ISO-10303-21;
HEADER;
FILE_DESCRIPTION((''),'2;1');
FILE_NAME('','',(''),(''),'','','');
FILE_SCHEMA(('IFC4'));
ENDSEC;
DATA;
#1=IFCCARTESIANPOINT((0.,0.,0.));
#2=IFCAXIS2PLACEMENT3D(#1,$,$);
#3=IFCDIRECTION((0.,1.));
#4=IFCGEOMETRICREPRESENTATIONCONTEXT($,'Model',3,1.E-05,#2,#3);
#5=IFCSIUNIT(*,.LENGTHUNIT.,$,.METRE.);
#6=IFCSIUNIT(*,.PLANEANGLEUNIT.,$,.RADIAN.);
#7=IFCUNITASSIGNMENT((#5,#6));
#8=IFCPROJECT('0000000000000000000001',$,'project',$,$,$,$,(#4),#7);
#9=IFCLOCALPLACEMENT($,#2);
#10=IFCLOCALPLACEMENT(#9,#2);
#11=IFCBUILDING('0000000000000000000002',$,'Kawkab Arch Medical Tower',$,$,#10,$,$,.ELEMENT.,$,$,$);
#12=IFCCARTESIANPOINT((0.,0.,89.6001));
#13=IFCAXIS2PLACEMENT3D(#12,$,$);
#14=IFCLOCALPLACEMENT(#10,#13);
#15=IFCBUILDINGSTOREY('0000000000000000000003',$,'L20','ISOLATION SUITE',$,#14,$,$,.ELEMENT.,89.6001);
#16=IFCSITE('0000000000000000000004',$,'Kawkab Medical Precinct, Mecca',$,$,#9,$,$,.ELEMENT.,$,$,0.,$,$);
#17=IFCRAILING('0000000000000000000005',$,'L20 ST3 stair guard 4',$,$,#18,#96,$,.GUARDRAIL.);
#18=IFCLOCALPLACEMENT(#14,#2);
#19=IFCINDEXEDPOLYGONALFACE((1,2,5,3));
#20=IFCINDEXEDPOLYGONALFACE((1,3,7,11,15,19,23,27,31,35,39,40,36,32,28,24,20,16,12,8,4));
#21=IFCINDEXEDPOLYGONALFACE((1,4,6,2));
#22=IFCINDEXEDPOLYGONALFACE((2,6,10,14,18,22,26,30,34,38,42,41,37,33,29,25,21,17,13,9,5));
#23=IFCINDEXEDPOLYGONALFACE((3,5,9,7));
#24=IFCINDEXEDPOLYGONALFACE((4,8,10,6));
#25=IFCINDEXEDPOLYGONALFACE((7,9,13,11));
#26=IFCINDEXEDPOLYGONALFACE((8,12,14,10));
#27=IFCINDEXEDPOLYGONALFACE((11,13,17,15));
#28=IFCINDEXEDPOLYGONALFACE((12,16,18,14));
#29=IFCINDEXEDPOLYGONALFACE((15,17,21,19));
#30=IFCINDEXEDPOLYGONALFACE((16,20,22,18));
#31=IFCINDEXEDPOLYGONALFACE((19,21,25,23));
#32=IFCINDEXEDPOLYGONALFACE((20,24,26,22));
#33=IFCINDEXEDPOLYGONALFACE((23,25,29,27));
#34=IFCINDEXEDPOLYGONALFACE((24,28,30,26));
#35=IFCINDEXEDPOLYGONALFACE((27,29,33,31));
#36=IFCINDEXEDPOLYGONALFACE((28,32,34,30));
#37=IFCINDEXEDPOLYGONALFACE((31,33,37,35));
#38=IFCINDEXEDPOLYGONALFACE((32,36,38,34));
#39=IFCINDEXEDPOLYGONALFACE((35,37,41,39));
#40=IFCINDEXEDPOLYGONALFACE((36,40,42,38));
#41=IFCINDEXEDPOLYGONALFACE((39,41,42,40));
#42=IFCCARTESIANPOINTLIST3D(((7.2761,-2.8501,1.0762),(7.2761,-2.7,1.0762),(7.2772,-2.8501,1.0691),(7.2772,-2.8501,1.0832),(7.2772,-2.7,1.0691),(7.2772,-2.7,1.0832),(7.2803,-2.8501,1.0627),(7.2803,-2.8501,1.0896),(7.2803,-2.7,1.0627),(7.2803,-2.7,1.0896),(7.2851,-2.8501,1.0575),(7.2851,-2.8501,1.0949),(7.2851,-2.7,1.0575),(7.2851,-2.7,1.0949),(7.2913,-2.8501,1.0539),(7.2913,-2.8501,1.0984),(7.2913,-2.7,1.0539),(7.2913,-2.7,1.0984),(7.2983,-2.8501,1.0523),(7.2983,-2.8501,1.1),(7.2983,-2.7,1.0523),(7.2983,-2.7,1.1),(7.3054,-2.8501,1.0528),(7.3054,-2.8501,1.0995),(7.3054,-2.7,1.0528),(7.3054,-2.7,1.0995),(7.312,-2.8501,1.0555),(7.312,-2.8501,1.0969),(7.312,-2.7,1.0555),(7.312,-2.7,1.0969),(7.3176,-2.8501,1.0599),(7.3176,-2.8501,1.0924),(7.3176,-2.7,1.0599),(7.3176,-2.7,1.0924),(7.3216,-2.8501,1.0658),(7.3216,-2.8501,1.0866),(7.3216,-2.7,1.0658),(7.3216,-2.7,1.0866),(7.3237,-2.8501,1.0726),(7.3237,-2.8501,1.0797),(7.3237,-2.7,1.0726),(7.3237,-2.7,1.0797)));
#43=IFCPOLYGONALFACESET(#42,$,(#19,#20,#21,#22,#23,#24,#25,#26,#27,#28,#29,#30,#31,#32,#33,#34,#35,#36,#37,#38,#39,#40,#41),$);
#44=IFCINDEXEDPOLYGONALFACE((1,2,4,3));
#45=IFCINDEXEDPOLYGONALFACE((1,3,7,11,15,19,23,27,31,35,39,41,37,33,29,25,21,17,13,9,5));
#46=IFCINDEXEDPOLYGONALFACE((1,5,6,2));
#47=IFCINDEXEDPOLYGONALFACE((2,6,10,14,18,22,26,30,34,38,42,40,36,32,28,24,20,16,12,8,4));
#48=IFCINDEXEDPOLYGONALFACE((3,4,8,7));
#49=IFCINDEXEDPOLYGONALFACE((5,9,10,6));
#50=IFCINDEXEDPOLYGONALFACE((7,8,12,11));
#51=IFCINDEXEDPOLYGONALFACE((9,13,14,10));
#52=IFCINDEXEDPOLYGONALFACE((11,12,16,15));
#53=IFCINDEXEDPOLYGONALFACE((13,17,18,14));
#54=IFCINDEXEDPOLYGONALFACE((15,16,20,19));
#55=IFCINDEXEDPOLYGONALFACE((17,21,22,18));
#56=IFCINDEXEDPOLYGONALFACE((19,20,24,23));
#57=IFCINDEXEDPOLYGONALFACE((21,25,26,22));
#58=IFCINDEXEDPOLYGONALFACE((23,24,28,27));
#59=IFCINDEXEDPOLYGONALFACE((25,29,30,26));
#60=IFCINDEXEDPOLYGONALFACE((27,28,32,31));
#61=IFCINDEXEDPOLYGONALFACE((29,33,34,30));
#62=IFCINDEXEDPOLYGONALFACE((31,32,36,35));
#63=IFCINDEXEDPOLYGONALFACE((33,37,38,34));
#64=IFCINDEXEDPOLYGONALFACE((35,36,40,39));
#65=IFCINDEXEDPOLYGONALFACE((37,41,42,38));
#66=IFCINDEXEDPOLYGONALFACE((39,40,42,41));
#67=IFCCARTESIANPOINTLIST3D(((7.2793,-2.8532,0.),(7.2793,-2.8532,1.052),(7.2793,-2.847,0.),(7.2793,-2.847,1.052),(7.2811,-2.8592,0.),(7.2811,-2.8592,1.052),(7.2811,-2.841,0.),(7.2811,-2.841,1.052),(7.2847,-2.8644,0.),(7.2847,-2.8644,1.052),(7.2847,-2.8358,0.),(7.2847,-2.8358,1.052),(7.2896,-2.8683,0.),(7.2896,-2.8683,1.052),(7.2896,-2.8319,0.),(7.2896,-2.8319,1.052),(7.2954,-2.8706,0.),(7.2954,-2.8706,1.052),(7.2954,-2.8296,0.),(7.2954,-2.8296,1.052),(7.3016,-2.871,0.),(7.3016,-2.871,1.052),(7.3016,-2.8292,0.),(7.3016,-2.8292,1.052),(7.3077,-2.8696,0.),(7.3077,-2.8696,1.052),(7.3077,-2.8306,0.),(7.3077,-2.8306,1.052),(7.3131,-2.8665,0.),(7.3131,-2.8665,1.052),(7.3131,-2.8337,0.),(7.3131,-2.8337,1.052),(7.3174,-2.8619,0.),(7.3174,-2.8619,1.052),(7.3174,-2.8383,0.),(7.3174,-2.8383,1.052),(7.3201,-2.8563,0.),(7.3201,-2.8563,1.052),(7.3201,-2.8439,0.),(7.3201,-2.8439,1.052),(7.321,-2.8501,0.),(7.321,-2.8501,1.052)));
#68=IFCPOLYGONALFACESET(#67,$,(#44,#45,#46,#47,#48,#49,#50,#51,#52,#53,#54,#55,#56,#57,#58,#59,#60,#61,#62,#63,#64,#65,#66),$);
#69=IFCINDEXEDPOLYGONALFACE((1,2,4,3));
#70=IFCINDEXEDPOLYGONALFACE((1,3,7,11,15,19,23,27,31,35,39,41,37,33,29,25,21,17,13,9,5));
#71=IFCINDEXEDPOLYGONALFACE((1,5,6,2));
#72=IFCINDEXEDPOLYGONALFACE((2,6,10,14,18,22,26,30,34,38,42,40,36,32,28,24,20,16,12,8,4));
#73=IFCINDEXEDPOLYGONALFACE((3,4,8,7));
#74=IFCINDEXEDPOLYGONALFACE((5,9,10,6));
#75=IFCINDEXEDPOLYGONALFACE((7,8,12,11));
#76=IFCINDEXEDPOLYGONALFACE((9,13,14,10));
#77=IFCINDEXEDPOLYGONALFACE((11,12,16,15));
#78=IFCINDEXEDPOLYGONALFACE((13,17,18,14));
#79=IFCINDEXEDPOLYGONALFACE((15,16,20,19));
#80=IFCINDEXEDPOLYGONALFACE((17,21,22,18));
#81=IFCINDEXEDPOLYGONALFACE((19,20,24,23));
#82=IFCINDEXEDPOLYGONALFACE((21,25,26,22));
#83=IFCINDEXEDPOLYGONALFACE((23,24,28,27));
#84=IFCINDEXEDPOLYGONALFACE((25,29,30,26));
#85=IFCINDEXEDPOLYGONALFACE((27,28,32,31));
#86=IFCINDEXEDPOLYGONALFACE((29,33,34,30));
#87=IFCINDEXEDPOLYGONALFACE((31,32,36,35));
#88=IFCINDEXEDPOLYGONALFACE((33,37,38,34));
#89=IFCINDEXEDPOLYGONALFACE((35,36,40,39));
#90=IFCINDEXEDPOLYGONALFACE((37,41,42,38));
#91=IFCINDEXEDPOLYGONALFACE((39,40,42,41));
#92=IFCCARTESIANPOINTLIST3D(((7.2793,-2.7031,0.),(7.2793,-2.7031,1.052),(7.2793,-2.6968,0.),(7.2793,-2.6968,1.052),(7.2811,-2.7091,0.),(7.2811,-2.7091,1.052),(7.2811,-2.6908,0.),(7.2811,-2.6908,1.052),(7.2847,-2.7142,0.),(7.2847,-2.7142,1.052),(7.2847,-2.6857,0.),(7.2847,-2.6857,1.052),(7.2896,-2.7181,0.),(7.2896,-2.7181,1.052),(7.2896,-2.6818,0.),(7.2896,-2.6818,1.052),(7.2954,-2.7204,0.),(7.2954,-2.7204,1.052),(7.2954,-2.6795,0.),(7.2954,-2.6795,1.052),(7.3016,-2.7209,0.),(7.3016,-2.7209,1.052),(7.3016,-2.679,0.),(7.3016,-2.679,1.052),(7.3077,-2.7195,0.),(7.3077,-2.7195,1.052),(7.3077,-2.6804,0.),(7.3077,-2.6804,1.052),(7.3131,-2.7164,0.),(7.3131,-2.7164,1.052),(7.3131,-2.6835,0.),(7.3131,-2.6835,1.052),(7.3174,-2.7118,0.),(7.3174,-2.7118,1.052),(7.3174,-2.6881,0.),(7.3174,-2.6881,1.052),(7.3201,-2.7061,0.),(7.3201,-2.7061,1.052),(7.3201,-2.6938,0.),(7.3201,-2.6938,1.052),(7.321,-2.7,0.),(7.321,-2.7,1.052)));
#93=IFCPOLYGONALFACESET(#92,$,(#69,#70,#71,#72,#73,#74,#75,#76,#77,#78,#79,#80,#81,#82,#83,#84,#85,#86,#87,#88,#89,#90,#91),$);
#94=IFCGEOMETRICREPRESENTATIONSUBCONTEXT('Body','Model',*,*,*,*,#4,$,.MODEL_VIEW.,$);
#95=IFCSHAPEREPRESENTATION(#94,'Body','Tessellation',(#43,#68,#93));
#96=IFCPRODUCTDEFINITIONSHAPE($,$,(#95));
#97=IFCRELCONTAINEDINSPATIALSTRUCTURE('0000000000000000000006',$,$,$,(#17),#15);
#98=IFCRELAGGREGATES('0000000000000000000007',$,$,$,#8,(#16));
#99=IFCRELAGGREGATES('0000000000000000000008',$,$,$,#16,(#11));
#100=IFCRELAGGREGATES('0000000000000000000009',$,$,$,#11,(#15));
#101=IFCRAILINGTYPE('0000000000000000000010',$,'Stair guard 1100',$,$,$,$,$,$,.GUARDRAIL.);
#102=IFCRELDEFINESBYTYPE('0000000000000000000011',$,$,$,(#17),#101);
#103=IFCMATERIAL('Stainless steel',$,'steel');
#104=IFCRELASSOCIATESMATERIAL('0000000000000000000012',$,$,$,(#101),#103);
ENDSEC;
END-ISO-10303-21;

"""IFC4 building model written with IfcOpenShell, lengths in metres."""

from ifc_helpers import new_model, si_unit, direction, frame, origin, origin_2d, place, context, subcontext, project, spatial, circle, extrude, material, type_object, element, save


model = new_model("IFC4")

# Units and contexts
model_context = context("Model", 3, precision=1e-05, world=origin(), true_north=direction((0.0, 1.0)))
body_context = subcontext(model_context, "Body", "Model", "MODEL_VIEW")
ifc_project = project(units=[si_unit("LENGTHUNIT", "METRE"), si_unit("PLANEANGLEUNIT", "RADIAN")], contexts=[model_context])

# Site, building, storey
site_placement = place(None, origin())
site = spatial("IfcSite", under=ifc_project, at=site_placement, Name="Kawkab Medical Precinct, Mecca", CompositionType="ELEMENT", RefElevation=0.0)
building_placement = place(site_placement, origin())
building = spatial("IfcBuilding", under=site, at=building_placement, Name="Kawkab Arch Medical Tower", CompositionType="ELEMENT")
storey_placement = place(building_placement, frame((0.0, 0.0, 89.6001)))
storey = spatial("IfcBuildingStorey", under=building, at=storey_placement, Name="L20", Description="ISOLATION SUITE", CompositionType="ELEMENT", Elevation=89.6001)

# Railing
ifc_material_1 = material(Name="Stainless steel", Category="steel")
railing_type = type_object("IfcRailingType", Name="Stair guard 1100", PredefinedType="GUARDRAIL", material=ifc_material_1)
railing_1_placement = place(storey_placement, frame((7.3, -2.8501, 0.0)))
element("IfcRailing", 1, at=railing_1_placement, inside=storey, type_object=railing_type, Name="L20 ST3 stair guard 4", PredefinedType="GUARDRAIL", context=body_context, shape_type="SweptSolid", body=[
    extrude(circle(Radius=0.0239, at=origin_2d()), frame((0.0, 0.0, 1.0762), z_axis=(0.0, 1.0, 0.0), x_axis=(-1.0, 0.0, 0.0)), (0.0, 0.0, 1.0), 0.1501),
    extrude(circle(Radius=0.021, at=origin_2d()), origin(), (0.0, 0.0, 1.0), 1.052),
    extrude(circle(Radius=0.021, at=origin_2d()), frame((0.0, 0.1501, 0.0)), (0.0, 0.0, 1.0), 1.052),
])

save(model, "model.ifc")
